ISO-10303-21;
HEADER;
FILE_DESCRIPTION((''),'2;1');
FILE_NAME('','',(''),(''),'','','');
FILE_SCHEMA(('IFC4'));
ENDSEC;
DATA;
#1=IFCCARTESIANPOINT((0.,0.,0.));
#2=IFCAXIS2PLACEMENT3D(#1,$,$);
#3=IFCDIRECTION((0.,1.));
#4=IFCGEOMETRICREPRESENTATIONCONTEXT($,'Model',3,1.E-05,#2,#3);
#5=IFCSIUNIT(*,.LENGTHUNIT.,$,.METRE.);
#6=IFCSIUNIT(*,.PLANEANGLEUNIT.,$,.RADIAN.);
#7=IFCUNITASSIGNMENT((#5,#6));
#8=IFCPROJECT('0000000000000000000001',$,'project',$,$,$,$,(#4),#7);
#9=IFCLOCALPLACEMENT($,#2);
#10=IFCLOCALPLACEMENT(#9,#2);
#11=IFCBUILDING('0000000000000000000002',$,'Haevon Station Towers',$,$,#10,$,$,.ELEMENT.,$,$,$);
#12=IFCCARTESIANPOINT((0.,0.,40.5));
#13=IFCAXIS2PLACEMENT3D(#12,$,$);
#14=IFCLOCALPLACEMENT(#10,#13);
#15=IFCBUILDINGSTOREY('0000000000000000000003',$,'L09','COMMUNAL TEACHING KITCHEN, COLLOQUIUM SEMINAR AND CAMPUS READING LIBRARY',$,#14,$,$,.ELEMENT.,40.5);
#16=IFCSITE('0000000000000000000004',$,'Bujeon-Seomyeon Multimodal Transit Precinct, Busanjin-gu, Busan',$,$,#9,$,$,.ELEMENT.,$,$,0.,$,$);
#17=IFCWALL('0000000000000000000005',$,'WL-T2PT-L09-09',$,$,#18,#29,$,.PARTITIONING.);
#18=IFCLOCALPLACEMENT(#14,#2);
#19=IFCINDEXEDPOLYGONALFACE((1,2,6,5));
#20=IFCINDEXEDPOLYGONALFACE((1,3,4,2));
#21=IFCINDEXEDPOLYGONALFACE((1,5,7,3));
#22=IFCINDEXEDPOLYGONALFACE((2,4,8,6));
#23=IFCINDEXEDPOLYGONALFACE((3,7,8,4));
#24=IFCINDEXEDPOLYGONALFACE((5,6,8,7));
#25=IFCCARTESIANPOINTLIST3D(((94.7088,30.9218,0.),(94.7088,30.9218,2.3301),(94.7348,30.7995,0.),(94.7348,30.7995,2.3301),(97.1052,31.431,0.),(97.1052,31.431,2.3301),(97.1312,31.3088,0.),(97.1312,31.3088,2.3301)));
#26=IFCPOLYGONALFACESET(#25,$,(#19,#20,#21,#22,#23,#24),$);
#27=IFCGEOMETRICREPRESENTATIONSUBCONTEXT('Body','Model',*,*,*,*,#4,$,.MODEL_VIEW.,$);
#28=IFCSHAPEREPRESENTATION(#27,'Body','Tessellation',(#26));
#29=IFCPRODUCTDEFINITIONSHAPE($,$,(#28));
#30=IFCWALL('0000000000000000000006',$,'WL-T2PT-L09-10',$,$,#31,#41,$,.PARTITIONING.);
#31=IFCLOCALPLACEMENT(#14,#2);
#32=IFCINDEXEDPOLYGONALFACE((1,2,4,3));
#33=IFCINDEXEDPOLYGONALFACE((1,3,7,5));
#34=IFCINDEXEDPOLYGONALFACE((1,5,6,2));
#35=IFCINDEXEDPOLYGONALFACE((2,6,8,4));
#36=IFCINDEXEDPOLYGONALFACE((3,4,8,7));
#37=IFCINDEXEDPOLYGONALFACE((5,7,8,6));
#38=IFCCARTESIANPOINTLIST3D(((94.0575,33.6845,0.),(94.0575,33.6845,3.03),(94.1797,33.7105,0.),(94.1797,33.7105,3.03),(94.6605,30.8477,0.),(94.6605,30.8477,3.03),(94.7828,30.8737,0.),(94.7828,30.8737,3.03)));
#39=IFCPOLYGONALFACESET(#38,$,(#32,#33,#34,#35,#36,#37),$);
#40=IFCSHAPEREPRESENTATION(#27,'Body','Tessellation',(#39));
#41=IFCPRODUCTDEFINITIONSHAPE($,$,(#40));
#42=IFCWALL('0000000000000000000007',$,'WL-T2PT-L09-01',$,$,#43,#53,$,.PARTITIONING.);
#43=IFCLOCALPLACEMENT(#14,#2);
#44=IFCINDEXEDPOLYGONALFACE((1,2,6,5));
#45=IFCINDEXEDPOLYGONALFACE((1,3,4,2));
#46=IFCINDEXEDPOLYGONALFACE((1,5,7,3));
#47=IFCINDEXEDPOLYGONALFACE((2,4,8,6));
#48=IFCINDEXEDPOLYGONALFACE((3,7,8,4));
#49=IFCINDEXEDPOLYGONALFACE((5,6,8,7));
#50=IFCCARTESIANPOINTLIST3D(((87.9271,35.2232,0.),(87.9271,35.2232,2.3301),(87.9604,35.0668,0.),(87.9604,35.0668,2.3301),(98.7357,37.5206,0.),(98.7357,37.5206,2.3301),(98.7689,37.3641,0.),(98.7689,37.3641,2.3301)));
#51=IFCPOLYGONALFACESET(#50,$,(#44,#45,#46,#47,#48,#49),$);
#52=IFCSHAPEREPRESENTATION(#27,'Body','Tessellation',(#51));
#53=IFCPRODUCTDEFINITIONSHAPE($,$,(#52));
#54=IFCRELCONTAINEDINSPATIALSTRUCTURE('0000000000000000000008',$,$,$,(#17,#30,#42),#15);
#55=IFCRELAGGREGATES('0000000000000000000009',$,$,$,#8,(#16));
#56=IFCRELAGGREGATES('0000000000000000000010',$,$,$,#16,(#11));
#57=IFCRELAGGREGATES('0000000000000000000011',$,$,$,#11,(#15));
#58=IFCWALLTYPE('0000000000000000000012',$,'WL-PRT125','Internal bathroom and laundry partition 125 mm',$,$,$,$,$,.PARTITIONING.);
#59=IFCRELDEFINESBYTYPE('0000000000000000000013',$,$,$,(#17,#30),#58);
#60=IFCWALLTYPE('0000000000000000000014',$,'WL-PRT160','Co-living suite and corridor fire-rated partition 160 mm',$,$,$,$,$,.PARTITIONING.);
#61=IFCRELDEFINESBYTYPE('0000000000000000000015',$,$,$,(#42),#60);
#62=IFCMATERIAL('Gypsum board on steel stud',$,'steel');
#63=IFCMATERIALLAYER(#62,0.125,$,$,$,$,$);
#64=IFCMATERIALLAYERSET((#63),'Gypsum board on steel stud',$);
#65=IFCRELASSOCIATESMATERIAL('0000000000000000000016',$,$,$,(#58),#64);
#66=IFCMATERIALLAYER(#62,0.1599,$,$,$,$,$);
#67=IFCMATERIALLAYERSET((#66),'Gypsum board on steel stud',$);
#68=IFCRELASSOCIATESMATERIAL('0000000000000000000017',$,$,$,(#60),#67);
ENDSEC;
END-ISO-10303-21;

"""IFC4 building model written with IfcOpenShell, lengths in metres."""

from ifc_helpers import new_model, si_unit, direction, frame, frame_2d, origin, place, context, subcontext, project, spatial, rectangle, extrude, material, layer, layer_set, type_object, element, save


model = new_model("IFC4")

# Units and contexts
model_context = context("Model", 3, precision=1e-05, world=origin(), true_north=direction((0.0, 1.0)))
body_context = subcontext(model_context, "Body", "Model", "MODEL_VIEW")
ifc_project = project(units=[si_unit("LENGTHUNIT", "METRE"), si_unit("PLANEANGLEUNIT", "RADIAN")], contexts=[model_context])

# Site, building, storey
site_placement = place(None, origin())
site = spatial("IfcSite", under=ifc_project, at=site_placement, Name="Bujeon-Seomyeon Multimodal Transit Precinct, Busanjin-gu, Busan", CompositionType="ELEMENT", RefElevation=0.0)
building_placement = place(site_placement, origin())
building = spatial("IfcBuilding", under=site, at=building_placement, Name="Haevon Station Towers", CompositionType="ELEMENT")
storey_placement = place(building_placement, frame((0.0, 0.0, 40.5)))
storey = spatial("IfcBuildingStorey", under=building, at=storey_placement, Name="L09", Description="COMMUNAL TEACHING KITCHEN, COLLOQUIUM SEMINAR AND CAMPUS READING LIBRARY", CompositionType="ELEMENT", Elevation=40.5)

# Walls
ifc_material_1 = material(Name="Gypsum board on steel stud", Category="steel")
ifc_layer_1 = layer(ifc_material_1, 0.125)
ifc_layer_set_1 = layer_set([ifc_layer_1], Name="Gypsum board on steel stud")
wall_type_1 = type_object("IfcWallType", Name="WL-PRT125", Description="Internal bathroom and laundry partition 125 mm", PredefinedType="PARTITIONING", material=ifc_layer_set_1)
wall_1_placement = place(storey_placement, frame((94.7217, 30.8606, 0.0), z_axis=(0.0, 0.0, 1.0), x_axis=(0.978157, 0.207868, 0.0)))
element("IfcWall", 1, at=wall_1_placement, inside=storey, type_object=wall_type_1, Name="WL-T2PT-L09-09", PredefinedType="PARTITIONING", context=body_context, shape_type="SweptSolid", body=[
    extrude(rectangle(XDim=2.45, YDim=0.125, at=frame_2d((1.2251, 0.0))), origin(), (0.0, 0.0, 1.0), 2.3301),
])
wall_2_placement = place(storey_placement, frame((94.7217, 30.8606, 0.0), z_axis=(0.0, 0.0, 1.0), x_axis=(-0.207936, 0.978142, 0.0)))
element("IfcWall", 2, at=wall_2_placement, inside=storey, type_object=wall_type_1, Name="WL-T2PT-L09-10", PredefinedType="PARTITIONING", context=body_context, shape_type="SweptSolid", body=[
    extrude(rectangle(XDim=2.9001, YDim=0.125, at=frame_2d((1.4502, 0.0))), origin(), (0.0, 0.0, 1.0), 3.03),
])
ifc_layer_2 = layer(ifc_material_1, 0.1599)
ifc_layer_set_2 = layer_set([ifc_layer_2], Name="Gypsum board on steel stud")
wall_type_2 = type_object("IfcWallType", Name="WL-PRT160", Description="Co-living suite and corridor fire-rated partition 160 mm", PredefinedType="PARTITIONING", material=ifc_layer_set_2)
wall_3_placement = place(storey_placement, frame((87.9438, 35.145, 0.0), z_axis=(0.0, 0.0, 1.0), x_axis=(0.978149, 0.207905, 0.0)))
element("IfcWall", 3, at=wall_3_placement, inside=storey, type_object=wall_type_2, Name="WL-T2PT-L09-01", PredefinedType="PARTITIONING", context=body_context, shape_type="SweptSolid", body=[
    extrude(rectangle(XDim=11.05, YDim=0.1599, at=frame_2d((5.5249, 0.0))), origin(), (0.0, 0.0, 1.0), 2.3301),
])

save(model, "model.ifc")
